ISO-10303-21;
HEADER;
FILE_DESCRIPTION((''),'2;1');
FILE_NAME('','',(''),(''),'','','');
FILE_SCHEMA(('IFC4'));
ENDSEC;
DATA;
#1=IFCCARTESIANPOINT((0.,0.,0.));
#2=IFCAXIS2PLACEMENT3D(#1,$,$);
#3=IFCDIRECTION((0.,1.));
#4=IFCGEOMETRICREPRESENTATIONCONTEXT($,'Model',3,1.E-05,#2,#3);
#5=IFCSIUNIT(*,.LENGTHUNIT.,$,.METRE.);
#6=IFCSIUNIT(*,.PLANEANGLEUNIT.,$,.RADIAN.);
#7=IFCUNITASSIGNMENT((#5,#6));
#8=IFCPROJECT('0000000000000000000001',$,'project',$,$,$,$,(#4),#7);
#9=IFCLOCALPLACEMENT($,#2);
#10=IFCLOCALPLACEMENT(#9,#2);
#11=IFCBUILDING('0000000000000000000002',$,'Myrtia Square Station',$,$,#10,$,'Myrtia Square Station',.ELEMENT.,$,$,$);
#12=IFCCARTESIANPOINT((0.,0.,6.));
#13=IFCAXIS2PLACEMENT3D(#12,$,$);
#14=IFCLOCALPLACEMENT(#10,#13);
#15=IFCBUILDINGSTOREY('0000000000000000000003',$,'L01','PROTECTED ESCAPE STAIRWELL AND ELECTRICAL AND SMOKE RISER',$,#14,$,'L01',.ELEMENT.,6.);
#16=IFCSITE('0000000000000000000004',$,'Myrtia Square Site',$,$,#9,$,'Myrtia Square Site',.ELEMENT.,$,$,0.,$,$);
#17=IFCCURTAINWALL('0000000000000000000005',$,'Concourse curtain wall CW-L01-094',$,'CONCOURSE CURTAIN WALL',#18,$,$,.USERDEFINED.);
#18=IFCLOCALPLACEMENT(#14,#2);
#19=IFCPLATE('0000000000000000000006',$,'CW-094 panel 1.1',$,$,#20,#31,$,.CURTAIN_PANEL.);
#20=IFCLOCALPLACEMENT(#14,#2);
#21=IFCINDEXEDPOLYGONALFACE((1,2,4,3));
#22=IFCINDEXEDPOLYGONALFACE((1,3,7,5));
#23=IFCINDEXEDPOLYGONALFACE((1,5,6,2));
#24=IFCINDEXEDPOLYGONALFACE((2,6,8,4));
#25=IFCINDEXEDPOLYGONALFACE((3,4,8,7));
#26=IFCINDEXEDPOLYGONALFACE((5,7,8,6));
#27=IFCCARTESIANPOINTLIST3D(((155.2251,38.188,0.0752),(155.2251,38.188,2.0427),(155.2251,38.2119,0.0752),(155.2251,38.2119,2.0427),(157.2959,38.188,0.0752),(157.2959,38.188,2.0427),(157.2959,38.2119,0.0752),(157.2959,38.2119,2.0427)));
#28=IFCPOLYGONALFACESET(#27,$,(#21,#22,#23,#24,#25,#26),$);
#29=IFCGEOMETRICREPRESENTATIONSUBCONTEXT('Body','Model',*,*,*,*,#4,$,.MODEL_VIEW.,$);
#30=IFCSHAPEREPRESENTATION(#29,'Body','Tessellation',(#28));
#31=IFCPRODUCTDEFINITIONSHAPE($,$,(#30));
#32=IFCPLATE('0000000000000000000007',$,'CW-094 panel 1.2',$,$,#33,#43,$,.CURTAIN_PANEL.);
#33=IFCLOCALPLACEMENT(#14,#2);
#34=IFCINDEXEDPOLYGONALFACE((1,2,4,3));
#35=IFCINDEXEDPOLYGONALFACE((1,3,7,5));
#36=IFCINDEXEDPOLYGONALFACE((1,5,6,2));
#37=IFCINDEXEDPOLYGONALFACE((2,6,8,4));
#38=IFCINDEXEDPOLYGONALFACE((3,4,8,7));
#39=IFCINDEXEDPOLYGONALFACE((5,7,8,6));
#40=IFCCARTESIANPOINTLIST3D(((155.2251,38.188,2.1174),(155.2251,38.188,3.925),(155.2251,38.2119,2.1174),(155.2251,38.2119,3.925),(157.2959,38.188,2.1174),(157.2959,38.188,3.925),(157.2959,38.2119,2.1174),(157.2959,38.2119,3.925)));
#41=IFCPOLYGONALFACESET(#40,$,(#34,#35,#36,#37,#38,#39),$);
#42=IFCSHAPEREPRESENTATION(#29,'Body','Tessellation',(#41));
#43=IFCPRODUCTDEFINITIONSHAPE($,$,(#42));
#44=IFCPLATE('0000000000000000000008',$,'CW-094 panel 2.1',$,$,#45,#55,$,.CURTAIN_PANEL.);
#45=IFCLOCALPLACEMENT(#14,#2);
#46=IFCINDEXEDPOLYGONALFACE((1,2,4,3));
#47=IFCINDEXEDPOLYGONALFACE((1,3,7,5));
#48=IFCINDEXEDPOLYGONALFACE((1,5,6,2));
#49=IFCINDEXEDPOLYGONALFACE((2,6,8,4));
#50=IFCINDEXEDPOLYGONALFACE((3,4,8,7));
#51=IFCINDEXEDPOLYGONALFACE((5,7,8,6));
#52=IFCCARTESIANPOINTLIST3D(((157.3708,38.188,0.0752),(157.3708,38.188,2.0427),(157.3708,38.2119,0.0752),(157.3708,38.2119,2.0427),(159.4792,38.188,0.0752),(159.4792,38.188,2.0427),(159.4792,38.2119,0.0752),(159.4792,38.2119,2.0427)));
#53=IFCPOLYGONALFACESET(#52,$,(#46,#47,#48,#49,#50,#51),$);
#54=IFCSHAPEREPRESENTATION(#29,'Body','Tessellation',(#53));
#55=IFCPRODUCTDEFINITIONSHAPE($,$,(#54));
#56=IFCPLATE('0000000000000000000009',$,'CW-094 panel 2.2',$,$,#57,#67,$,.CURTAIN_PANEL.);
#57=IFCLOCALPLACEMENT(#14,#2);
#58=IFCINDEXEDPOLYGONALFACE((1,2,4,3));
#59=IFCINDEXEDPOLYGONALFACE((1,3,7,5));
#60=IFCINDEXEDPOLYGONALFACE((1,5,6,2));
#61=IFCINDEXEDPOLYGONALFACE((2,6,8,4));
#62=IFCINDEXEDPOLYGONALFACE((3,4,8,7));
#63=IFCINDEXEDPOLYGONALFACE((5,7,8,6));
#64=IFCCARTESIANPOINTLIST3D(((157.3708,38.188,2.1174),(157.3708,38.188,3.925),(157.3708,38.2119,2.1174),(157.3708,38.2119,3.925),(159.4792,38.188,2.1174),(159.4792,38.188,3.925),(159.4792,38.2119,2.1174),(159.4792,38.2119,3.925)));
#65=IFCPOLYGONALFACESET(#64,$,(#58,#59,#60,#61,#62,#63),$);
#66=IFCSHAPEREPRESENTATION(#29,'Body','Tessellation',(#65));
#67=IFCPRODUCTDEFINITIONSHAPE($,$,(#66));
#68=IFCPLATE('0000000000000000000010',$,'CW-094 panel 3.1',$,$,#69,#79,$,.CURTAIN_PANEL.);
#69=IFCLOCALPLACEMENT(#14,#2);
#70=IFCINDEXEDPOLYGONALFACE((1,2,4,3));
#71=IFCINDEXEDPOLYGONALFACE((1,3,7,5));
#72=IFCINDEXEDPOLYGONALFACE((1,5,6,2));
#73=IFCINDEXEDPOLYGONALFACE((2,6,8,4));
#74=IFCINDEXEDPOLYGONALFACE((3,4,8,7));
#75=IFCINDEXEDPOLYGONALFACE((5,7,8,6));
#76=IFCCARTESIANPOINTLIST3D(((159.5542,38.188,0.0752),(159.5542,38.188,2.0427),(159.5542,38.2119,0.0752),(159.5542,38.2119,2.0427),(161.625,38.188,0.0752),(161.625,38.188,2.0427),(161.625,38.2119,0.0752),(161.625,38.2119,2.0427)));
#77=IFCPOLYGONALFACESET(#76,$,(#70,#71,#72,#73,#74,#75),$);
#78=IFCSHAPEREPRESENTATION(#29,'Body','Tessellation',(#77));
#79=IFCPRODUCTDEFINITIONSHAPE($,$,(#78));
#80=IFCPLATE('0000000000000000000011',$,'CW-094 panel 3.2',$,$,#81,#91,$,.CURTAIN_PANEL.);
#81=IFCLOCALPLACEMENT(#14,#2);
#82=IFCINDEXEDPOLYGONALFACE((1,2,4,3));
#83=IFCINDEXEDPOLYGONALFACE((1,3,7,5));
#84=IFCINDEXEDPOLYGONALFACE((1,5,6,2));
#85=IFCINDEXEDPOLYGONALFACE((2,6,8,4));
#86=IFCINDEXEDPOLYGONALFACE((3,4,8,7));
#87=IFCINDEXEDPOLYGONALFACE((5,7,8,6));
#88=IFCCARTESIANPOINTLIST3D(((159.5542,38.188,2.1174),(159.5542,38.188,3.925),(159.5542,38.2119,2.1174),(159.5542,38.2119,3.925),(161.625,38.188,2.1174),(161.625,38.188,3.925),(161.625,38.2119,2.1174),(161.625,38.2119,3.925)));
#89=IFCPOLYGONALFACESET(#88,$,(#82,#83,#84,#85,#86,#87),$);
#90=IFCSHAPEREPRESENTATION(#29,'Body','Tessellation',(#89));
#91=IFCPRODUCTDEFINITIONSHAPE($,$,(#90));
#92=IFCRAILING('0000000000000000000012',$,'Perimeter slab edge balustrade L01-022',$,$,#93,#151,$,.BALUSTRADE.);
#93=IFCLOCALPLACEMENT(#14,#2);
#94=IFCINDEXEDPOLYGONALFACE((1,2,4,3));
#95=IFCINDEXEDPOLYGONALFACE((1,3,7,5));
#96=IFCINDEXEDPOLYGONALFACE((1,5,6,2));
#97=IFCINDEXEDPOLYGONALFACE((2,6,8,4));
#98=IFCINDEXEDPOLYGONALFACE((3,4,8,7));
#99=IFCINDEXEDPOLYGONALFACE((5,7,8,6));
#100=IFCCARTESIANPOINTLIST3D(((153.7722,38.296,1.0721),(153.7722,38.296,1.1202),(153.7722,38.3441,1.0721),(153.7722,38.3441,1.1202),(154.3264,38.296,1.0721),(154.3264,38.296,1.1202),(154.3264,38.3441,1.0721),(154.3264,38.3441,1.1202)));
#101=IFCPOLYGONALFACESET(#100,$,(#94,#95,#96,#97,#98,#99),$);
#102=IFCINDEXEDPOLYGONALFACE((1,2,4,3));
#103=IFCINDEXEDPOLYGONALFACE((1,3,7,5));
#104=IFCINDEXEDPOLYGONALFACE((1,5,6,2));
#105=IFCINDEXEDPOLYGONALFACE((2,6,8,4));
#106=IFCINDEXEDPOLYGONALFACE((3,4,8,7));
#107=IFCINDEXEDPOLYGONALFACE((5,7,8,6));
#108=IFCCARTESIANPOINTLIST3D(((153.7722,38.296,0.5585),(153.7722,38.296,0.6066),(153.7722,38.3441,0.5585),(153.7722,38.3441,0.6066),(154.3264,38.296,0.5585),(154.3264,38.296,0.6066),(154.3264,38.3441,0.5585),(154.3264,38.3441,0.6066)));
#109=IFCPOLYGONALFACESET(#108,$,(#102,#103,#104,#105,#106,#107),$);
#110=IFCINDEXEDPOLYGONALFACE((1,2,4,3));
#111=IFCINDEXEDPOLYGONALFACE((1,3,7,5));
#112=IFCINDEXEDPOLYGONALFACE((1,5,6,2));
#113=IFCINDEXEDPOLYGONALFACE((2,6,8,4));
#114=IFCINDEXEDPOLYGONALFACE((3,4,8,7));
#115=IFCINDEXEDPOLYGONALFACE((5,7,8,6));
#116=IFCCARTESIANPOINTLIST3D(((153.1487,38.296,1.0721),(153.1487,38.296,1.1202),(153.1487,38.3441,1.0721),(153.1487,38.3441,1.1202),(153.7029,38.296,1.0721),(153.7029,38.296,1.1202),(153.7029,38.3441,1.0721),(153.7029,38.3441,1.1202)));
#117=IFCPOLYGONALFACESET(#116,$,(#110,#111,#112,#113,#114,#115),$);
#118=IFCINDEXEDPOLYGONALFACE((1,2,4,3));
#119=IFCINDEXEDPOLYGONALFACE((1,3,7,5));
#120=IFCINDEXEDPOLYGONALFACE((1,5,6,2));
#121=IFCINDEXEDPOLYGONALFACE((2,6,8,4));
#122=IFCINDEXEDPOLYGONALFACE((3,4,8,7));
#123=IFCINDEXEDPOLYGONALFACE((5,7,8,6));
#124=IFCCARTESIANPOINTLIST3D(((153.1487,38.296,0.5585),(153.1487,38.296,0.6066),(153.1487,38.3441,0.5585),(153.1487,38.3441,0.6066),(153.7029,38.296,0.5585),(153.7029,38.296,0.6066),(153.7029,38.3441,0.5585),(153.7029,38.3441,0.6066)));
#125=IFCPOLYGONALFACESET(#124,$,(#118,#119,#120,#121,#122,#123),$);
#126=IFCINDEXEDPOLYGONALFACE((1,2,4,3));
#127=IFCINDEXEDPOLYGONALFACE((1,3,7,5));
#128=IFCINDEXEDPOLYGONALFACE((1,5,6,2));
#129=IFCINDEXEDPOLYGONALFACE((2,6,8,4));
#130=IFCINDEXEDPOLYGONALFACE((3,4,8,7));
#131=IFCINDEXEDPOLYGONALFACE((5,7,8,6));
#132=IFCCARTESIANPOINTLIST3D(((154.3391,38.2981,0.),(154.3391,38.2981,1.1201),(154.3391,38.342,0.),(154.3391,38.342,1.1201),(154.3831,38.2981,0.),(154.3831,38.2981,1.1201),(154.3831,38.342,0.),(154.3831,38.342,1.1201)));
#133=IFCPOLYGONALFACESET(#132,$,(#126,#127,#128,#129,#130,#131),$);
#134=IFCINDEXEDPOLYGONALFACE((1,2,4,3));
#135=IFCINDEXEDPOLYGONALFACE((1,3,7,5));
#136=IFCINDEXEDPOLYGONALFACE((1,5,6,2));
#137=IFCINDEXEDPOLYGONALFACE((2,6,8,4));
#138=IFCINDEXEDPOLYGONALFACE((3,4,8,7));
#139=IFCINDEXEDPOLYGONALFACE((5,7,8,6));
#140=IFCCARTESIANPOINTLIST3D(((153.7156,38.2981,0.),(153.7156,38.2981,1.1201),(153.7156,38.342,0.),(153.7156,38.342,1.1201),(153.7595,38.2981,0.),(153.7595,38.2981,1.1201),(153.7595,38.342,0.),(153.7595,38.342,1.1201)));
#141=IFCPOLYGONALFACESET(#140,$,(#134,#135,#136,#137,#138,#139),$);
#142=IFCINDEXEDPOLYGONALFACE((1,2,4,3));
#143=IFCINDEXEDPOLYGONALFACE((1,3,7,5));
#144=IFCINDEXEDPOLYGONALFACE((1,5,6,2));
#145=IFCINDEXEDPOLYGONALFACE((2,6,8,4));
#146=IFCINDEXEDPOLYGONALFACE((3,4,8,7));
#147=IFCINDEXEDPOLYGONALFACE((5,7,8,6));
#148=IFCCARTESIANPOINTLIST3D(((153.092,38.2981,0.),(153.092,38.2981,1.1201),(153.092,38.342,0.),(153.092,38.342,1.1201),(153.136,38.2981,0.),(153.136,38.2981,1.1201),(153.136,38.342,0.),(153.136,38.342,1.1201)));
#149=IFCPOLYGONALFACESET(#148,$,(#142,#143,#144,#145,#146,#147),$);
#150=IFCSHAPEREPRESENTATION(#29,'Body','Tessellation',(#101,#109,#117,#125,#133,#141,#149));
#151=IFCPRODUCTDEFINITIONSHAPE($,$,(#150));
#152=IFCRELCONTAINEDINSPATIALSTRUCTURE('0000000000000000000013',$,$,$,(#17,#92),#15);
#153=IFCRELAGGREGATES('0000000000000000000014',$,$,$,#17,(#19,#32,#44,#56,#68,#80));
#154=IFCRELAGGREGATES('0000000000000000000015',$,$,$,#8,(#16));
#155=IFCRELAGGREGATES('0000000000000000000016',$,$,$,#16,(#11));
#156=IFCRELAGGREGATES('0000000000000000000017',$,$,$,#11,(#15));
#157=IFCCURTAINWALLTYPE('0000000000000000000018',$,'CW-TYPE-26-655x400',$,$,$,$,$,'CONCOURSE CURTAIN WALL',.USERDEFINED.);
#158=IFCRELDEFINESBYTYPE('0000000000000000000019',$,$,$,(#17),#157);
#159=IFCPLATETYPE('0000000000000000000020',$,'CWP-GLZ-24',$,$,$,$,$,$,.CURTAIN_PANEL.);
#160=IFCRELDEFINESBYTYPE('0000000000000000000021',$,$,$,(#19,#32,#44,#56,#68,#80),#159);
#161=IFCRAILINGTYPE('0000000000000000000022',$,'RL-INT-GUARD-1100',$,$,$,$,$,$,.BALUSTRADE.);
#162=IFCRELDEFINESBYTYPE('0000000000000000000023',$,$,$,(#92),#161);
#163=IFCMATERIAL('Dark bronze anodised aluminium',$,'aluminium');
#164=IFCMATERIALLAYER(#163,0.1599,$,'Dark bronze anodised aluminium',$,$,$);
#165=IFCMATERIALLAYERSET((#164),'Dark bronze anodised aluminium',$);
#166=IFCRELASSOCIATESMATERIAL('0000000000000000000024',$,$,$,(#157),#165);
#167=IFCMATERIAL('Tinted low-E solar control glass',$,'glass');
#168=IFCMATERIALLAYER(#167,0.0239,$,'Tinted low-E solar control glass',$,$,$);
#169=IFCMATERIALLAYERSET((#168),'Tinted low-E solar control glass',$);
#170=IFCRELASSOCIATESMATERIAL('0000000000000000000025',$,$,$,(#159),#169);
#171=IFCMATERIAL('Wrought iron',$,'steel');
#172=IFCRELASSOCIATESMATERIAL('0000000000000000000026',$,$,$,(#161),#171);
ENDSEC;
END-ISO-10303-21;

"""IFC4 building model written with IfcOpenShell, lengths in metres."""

from ifc_helpers import new_model, si_unit, direction, frame, origin, origin_2d, place, context, subcontext, project, spatial, rectangle, extrude, material, layer, layer_set, type_object, element, aggregate, save


model = new_model("IFC4")

# Units and contexts
model_context = context("Model", 3, precision=1e-05, world=origin(), true_north=direction((0.0, 1.0)))
body_context = subcontext(model_context, "Body", "Model", "MODEL_VIEW")
ifc_project = project(units=[si_unit("LENGTHUNIT", "METRE"), si_unit("PLANEANGLEUNIT", "RADIAN")], contexts=[model_context])

# Site, building, storey
site_placement = place(None, origin())
site = spatial("IfcSite", under=ifc_project, at=site_placement, Name="Myrtia Square Site", LongName="Myrtia Square Site", CompositionType="ELEMENT", RefElevation=0.0)
building_placement = place(site_placement, origin())
building = spatial("IfcBuilding", under=site, at=building_placement, Name="Myrtia Square Station", LongName="Myrtia Square Station", CompositionType="ELEMENT")
storey_placement = place(building_placement, frame((0.0, 0.0, 6.0)))
storey = spatial("IfcBuildingStorey", under=building, at=storey_placement, Name="L01", Description="PROTECTED ESCAPE STAIRWELL AND ELECTRICAL AND SMOKE RISER", LongName="L01", CompositionType="ELEMENT", Elevation=6.0)

# Curtain wall, plates
ifc_material_1 = material(Name="Dark bronze anodised aluminium", Category="aluminium")
ifc_layer_1 = layer(ifc_material_1, 0.1599, Name="Dark bronze anodised aluminium")
ifc_layer_set_1 = layer_set([ifc_layer_1], Name="Dark bronze anodised aluminium")
curtain_wall_type = type_object("IfcCurtainWallType", Name="CW-TYPE-26-655x400", ElementType="CONCOURSE CURTAIN WALL", PredefinedType="USERDEFINED", material=ifc_layer_set_1)
curtain_wall_placement = place(storey_placement, origin())
curtain_wall = element("IfcCurtainWall", 1, at=curtain_wall_placement, inside=storey, type_object=curtain_wall_type, Name="Concourse curtain wall CW-L01-094", ObjectType="CONCOURSE CURTAIN WALL", PredefinedType="USERDEFINED")
ifc_material_2 = material(Name="Tinted low-E solar control glass", Category="glass")
ifc_layer_2 = layer(ifc_material_2, 0.0239, Name="Tinted low-E solar control glass")
ifc_layer_set_2 = layer_set([ifc_layer_2], Name="Tinted low-E solar control glass")
plate_type = type_object("IfcPlateType", Name="CWP-GLZ-24", PredefinedType="CURTAIN_PANEL", material=ifc_layer_set_2)
plate_1_placement = place(storey_placement, frame((156.2605, 38.2, 0.0752), z_axis=(0.0, 0.0, 1.0), x_axis=(1.0, 0.0, 0.0)))
plate_1 = element("IfcPlate", 2, at=plate_1_placement, type_object=plate_type, Name="CW-094 panel 1.1", PredefinedType="CURTAIN_PANEL", context=body_context, shape_type="SweptSolid", body=[
    extrude(rectangle(XDim=2.0708, YDim=0.0239, at=origin_2d()), origin(), (0.0, 0.0, 1.0), 1.9675),
])
plate_2_placement = place(storey_placement, frame((156.2605, 38.2, 2.1174), z_axis=(0.0, 0.0, 1.0), x_axis=(1.0, 0.0, 0.0)))
plate_2 = element("IfcPlate", 3, at=plate_2_placement, type_object=plate_type, Name="CW-094 panel 1.2", PredefinedType="CURTAIN_PANEL", context=body_context, shape_type="SweptSolid", body=[
    extrude(rectangle(XDim=2.0708, YDim=0.0239, at=origin_2d()), origin(), (0.0, 0.0, 1.0), 1.8076),
])
plate_3_placement = place(storey_placement, frame((158.425, 38.2, 0.0752), z_axis=(0.0, 0.0, 1.0), x_axis=(1.0, 0.0, 0.0)))
plate_3 = element("IfcPlate", 4, at=plate_3_placement, type_object=plate_type, Name="CW-094 panel 2.1", PredefinedType="CURTAIN_PANEL", context=body_context, shape_type="SweptSolid", body=[
    extrude(rectangle(XDim=2.1084, YDim=0.0239, at=origin_2d()), origin(), (0.0, 0.0, 1.0), 1.9675),
])
plate_4_placement = place(storey_placement, frame((158.425, 38.2, 2.1174), z_axis=(0.0, 0.0, 1.0), x_axis=(1.0, 0.0, 0.0)))
plate_4 = element("IfcPlate", 5, at=plate_4_placement, type_object=plate_type, Name="CW-094 panel 2.2", PredefinedType="CURTAIN_PANEL", context=body_context, shape_type="SweptSolid", body=[
    extrude(rectangle(XDim=2.1084, YDim=0.0239, at=origin_2d()), origin(), (0.0, 0.0, 1.0), 1.8076),
])
plate_5_placement = place(storey_placement, frame((160.5896, 38.2, 0.0752), z_axis=(0.0, 0.0, 1.0), x_axis=(1.0, 0.0, 0.0)))
plate_5 = element("IfcPlate", 6, at=plate_5_placement, type_object=plate_type, Name="CW-094 panel 3.1", PredefinedType="CURTAIN_PANEL", context=body_context, shape_type="SweptSolid", body=[
    extrude(rectangle(XDim=2.0708, YDim=0.0239, at=origin_2d()), origin(), (0.0, 0.0, 1.0), 1.9675),
])
plate_6_placement = place(storey_placement, frame((160.5896, 38.2, 2.1174), z_axis=(0.0, 0.0, 1.0), x_axis=(1.0, 0.0, 0.0)))
plate_6 = element("IfcPlate", 7, at=plate_6_placement, type_object=plate_type, Name="CW-094 panel 3.2", PredefinedType="CURTAIN_PANEL", context=body_context, shape_type="SweptSolid", body=[
    extrude(rectangle(XDim=2.0708, YDim=0.0239, at=origin_2d()), origin(), (0.0, 0.0, 1.0), 1.8076),
])
aggregate(curtain_wall, [plate_1, plate_2, plate_3, plate_4, plate_5, plate_6])

# Railing
ifc_material_3 = material(Name="Wrought iron", Category="steel")
railing_type = type_object("IfcRailingType", Name="RL-INT-GUARD-1100", PredefinedType="BALUSTRADE", material=ifc_material_3)
railing_placement = place(storey_placement, frame((154.3611, 38.3201, 0.0)))
element("IfcRailing", 8, at=railing_placement, inside=storey, type_object=railing_type, Name="Perimeter slab edge balustrade L01-022", PredefinedType="BALUSTRADE", context=body_context, shape_type="SweptSolid", body=[
    extrude(rectangle(XDim=0.0481, YDim=0.0481, at=origin_2d()), frame((-0.0347, 0.0, 1.0962), z_axis=(-1.0, 0.0, 0.0), x_axis=(0.0, -1.0, 0.0)), (0.0, 0.0, 1.0), 0.5542),
    extrude(rectangle(XDim=0.0481, YDim=0.0481, at=origin_2d()), frame((-0.0347, 0.0, 0.5825), z_axis=(-1.0, 0.0, 0.0), x_axis=(0.0, -1.0, 0.0)), (0.0, 0.0, 1.0), 0.5542),
    extrude(rectangle(XDim=0.0481, YDim=0.0481, at=origin_2d()), frame((-0.6582, 0.0, 1.0962), z_axis=(-1.0, 0.0, 0.0), x_axis=(0.0, -1.0, 0.0)), (0.0, 0.0, 1.0), 0.5542),
    extrude(rectangle(XDim=0.0481, YDim=0.0481, at=origin_2d()), frame((-0.6582, 0.0, 0.5825), z_axis=(-1.0, 0.0, 0.0), x_axis=(0.0, -1.0, 0.0)), (0.0, 0.0, 1.0), 0.5542),
    extrude(rectangle(XDim=0.0439, YDim=0.0439, at=origin_2d()), origin(), (0.0, 0.0, 1.0), 1.1201),
    extrude(rectangle(XDim=0.0439, YDim=0.0439, at=origin_2d()), frame((-0.6235, 0.0, 0.0)), (0.0, 0.0, 1.0), 1.1201),
    extrude(rectangle(XDim=0.0439, YDim=0.0439, at=origin_2d()), frame((-1.2471, 0.0, 0.0)), (0.0, 0.0, 1.0), 1.1201),
])

save(model, "model.ifc")
